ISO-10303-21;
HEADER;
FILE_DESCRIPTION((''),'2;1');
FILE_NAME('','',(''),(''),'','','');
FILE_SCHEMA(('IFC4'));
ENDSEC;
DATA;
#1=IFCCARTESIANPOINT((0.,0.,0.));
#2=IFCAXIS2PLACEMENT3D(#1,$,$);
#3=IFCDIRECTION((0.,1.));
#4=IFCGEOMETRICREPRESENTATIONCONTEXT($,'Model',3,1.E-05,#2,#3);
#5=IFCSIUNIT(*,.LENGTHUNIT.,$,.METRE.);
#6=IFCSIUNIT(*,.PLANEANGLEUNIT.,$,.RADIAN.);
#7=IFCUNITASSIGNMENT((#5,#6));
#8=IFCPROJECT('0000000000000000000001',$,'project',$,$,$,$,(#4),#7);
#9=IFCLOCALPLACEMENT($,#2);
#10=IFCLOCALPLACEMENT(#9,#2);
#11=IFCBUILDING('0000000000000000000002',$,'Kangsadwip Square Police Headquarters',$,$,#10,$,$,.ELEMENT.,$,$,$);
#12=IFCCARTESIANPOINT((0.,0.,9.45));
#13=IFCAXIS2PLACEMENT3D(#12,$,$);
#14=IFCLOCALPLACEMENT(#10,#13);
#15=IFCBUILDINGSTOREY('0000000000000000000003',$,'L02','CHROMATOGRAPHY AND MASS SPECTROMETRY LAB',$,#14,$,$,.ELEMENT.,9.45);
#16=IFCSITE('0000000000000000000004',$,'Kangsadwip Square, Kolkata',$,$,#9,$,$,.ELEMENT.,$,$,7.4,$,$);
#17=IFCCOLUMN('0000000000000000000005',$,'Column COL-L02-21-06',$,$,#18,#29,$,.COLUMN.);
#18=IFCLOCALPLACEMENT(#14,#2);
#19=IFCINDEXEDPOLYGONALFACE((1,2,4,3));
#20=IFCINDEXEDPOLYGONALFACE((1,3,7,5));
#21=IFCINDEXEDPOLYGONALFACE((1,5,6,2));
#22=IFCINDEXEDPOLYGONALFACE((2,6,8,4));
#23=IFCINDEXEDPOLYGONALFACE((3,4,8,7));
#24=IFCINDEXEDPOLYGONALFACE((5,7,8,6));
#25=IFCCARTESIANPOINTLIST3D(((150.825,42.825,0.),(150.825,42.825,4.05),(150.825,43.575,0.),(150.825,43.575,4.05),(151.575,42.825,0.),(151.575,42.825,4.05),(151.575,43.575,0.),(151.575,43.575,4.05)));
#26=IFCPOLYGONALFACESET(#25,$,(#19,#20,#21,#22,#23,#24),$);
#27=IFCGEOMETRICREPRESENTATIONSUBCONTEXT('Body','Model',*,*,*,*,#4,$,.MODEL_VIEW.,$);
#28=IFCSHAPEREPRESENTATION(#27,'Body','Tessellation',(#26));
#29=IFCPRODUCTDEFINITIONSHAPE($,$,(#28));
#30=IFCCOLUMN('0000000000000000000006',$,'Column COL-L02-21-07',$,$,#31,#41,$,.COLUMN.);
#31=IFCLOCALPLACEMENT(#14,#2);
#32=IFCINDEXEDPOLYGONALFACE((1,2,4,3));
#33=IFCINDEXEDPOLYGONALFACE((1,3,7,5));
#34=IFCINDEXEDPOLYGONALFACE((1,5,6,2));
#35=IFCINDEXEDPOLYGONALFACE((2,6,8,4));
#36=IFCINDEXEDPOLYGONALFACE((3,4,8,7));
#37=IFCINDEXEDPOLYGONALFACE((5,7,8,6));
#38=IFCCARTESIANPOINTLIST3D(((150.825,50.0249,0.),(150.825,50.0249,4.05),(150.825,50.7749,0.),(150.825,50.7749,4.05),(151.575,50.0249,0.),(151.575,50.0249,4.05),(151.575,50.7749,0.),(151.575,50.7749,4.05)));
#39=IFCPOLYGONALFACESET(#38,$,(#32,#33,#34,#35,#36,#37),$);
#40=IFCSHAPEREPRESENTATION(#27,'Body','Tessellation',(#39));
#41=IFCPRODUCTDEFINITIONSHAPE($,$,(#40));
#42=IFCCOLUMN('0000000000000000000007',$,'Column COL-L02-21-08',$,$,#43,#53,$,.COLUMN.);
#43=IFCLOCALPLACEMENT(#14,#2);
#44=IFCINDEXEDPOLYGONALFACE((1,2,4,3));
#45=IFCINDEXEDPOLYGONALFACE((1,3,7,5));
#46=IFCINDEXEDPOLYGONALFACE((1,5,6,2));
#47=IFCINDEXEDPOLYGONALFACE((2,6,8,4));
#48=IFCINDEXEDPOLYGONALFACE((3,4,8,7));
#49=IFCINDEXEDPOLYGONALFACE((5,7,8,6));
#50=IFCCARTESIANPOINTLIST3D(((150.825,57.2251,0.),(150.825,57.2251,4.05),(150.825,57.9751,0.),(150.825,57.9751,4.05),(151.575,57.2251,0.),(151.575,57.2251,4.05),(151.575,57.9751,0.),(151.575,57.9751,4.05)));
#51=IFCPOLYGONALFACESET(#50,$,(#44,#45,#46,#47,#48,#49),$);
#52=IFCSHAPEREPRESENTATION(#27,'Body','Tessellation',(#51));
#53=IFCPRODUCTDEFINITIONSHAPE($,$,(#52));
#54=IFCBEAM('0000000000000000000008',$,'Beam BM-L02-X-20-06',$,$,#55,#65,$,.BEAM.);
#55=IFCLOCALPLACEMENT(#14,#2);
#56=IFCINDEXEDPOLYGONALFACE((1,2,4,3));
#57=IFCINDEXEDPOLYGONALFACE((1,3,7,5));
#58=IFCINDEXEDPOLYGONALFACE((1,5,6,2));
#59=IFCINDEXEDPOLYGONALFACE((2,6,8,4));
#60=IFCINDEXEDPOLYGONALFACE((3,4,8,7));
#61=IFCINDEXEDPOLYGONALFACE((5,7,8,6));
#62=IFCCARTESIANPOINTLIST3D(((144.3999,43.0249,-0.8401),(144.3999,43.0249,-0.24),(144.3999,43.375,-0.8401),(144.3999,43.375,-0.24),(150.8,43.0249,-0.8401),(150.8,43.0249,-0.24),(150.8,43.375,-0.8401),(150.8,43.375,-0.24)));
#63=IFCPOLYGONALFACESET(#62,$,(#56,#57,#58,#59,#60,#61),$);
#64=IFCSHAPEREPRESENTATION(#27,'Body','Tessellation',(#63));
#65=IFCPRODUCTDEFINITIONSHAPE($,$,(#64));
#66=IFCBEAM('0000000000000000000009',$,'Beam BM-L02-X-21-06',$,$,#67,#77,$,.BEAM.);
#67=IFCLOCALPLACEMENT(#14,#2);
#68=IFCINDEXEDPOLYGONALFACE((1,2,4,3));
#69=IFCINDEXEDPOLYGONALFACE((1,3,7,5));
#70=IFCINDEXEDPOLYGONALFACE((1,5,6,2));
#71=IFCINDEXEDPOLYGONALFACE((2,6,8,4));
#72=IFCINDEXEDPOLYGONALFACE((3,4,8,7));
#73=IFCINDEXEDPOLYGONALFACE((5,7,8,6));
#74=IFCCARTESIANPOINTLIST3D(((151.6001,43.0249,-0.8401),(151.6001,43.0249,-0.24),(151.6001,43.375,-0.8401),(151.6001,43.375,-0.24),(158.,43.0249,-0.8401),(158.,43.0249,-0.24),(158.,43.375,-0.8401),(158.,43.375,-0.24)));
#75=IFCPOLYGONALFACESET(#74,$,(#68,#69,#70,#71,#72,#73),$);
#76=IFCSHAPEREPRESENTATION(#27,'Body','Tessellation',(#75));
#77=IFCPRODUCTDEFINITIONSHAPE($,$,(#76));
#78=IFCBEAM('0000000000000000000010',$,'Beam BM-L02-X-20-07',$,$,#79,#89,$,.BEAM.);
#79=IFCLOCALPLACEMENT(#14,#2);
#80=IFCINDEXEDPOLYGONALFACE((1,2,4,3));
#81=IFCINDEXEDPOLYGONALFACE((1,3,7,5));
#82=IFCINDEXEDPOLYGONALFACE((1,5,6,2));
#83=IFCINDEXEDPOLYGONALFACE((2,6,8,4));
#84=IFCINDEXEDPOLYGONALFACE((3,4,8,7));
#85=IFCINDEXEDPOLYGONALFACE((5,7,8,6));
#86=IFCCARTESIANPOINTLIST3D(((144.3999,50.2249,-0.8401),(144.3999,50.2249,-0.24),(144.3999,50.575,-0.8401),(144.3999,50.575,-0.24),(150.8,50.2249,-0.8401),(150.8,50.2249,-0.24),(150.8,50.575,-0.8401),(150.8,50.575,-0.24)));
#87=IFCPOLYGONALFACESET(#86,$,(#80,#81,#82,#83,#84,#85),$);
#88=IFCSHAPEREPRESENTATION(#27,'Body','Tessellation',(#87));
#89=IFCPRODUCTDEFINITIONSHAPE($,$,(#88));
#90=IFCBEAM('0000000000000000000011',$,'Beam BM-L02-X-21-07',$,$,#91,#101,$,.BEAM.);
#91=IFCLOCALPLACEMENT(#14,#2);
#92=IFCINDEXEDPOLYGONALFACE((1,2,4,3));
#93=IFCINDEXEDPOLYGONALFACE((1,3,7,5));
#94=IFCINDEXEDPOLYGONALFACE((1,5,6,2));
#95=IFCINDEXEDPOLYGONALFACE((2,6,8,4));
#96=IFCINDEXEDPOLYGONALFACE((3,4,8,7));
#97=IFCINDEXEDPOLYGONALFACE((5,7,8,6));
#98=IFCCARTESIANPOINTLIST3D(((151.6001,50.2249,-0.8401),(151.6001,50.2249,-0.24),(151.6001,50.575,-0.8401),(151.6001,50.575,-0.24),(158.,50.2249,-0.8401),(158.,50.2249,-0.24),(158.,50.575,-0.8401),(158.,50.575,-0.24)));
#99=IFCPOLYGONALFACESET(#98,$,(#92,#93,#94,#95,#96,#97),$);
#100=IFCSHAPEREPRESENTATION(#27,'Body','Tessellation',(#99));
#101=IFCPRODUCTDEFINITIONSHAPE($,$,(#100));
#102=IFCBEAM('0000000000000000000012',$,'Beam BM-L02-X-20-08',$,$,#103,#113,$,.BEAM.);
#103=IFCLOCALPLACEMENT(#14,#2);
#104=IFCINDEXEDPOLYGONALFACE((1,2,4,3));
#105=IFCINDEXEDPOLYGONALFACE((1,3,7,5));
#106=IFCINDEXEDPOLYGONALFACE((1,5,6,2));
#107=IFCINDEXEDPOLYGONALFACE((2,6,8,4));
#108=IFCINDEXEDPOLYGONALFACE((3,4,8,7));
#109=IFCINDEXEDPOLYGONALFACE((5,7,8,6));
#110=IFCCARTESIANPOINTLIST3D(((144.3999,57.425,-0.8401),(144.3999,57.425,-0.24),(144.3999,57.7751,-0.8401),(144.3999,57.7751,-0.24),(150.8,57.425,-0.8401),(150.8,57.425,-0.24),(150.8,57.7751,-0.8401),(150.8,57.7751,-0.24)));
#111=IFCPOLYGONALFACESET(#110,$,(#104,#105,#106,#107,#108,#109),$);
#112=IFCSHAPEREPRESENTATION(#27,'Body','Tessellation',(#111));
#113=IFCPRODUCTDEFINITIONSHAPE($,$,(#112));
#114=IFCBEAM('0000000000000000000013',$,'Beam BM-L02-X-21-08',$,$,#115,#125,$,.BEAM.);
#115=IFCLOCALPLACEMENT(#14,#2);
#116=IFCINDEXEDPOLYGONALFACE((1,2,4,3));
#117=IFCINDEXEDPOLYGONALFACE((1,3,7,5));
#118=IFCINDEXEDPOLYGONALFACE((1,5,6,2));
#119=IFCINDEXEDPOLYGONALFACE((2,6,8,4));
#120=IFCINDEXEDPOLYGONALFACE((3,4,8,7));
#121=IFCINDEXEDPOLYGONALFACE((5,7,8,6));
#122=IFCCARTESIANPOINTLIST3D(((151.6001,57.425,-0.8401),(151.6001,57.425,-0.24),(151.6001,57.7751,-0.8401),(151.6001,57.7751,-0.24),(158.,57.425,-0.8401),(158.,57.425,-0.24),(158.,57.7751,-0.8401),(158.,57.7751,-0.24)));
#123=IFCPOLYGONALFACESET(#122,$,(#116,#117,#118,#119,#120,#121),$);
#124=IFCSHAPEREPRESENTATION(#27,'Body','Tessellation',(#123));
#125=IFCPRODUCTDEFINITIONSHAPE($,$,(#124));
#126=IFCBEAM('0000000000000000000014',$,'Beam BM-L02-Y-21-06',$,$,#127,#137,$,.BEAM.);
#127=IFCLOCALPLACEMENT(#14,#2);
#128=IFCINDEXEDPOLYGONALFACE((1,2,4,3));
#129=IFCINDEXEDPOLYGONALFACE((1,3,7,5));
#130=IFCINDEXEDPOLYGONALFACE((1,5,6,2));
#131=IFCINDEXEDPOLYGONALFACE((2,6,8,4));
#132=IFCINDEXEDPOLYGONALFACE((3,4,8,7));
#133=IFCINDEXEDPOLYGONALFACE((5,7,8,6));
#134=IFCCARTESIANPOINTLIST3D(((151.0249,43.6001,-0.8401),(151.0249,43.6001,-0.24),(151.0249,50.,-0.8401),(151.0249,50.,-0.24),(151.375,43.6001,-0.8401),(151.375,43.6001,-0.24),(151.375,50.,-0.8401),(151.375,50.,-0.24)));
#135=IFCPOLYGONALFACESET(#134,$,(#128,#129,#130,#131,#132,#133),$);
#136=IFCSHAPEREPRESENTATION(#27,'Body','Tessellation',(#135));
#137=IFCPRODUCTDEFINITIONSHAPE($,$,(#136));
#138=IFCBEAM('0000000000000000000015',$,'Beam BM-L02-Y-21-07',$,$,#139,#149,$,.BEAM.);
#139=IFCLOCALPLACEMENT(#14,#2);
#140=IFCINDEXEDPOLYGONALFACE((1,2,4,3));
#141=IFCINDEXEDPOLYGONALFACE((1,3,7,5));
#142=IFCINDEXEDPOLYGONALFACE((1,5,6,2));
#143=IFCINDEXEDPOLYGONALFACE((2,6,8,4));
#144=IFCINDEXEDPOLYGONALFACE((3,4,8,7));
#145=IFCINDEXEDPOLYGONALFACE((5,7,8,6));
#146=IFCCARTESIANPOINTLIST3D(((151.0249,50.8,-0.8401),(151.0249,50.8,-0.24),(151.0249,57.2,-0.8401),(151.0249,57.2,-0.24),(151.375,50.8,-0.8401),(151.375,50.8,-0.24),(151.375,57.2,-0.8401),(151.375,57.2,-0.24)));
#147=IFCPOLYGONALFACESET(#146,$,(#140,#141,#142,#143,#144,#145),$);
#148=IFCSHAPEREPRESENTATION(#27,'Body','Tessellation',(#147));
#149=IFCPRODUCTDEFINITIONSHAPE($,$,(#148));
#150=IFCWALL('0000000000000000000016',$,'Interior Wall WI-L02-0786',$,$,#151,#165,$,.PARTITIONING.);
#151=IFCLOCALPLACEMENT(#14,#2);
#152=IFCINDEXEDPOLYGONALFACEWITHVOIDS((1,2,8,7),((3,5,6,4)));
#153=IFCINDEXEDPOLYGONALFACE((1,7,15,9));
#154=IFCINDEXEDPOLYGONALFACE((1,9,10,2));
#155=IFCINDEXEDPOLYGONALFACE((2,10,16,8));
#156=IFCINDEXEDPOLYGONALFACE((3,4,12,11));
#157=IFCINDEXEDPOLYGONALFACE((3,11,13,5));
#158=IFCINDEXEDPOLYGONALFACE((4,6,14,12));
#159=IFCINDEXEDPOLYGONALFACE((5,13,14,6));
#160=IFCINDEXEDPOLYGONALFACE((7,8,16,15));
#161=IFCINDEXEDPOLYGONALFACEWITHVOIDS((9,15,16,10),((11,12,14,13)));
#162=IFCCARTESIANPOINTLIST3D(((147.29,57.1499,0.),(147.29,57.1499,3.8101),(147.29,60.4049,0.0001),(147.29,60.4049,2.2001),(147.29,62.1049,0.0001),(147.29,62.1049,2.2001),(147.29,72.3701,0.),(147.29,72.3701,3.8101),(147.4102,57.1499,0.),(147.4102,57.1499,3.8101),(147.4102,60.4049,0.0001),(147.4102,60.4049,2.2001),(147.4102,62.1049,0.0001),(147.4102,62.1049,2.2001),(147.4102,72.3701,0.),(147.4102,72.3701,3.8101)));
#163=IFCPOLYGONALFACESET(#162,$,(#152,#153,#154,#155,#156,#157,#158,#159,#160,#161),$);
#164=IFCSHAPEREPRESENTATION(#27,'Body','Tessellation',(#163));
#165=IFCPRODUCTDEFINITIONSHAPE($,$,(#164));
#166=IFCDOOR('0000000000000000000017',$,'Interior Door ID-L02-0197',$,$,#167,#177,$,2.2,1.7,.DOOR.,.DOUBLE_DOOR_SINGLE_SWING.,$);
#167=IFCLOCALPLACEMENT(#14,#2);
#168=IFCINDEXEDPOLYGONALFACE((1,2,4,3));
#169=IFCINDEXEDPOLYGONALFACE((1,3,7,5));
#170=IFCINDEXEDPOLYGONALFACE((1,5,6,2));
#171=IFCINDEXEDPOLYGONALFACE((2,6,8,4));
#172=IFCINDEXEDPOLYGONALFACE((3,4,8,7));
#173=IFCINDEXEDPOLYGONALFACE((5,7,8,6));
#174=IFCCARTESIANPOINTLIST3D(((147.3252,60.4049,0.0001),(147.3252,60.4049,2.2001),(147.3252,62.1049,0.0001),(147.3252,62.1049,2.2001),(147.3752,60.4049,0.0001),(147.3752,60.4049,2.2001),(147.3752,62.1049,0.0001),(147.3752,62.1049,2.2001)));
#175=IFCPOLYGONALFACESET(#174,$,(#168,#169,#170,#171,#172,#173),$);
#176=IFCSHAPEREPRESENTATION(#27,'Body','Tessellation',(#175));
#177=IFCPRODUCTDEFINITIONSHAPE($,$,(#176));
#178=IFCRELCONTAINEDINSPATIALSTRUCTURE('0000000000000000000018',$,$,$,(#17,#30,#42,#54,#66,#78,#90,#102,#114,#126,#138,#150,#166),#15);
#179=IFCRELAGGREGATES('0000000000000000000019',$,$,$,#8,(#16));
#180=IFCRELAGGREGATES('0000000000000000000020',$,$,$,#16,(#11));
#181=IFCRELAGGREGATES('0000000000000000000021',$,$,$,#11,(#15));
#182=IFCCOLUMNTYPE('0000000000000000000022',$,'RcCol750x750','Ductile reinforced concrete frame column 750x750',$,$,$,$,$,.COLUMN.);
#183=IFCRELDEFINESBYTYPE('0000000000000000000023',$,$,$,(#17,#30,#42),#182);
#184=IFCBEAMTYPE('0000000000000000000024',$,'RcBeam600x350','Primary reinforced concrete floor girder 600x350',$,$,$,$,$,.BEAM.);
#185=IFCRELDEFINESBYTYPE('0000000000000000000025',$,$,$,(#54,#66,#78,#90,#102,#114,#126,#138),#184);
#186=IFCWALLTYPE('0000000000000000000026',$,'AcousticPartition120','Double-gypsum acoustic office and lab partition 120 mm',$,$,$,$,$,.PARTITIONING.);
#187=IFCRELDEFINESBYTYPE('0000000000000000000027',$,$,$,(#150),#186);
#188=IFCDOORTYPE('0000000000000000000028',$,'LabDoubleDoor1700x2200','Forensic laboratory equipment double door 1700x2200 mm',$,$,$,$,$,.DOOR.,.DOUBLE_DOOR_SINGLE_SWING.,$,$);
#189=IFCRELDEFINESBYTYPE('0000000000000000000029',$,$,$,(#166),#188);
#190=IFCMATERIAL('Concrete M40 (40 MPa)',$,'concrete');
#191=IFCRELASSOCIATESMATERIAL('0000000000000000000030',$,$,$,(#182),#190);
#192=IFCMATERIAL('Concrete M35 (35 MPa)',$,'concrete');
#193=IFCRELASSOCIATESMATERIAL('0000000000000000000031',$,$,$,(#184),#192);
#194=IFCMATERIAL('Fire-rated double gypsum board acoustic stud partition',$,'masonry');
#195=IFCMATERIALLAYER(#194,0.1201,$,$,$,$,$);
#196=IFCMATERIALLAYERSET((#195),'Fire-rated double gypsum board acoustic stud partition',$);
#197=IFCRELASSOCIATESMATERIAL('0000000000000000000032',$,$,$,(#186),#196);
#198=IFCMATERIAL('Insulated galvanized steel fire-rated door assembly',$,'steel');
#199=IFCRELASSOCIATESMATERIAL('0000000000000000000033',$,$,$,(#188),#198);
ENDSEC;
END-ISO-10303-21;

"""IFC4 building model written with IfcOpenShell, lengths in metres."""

from ifc_helpers import new_model, si_unit, direction, frame, frame_2d, origin, origin_2d, place, context, subcontext, project, spatial, rectangle, extrude, material, layer, layer_set, material_profile, profile_set, type_object, element, fill, save


model = new_model("IFC4")

# Units and contexts
model_context = context("Model", 3, precision=1e-05, world=origin(), true_north=direction((0.0, 1.0)))
body_context = subcontext(model_context, "Body", "Model", "MODEL_VIEW")
ifc_project = project(units=[si_unit("LENGTHUNIT", "METRE"), si_unit("PLANEANGLEUNIT", "RADIAN")], contexts=[model_context])

# Site, building, storey
site_placement = place(None, origin())
site = spatial("IfcSite", under=ifc_project, at=site_placement, Name="Kangsadwip Square, Kolkata", CompositionType="ELEMENT", RefElevation=7.4)
building_placement = place(site_placement, origin())
building = spatial("IfcBuilding", under=site, at=building_placement, Name="Kangsadwip Square Police Headquarters", CompositionType="ELEMENT")
storey_placement = place(building_placement, frame((0.0, 0.0, 9.45)))
storey = spatial("IfcBuildingStorey", under=building, at=storey_placement, Name="L02", Description="CHROMATOGRAPHY AND MASS SPECTROMETRY LAB", CompositionType="ELEMENT", Elevation=9.45)

# Columns
ifc_material_1 = material(Name="Concrete M40 (40 MPa)", Category="concrete")
ifc_material_profile_1 = material_profile(ifc_material_1, rectangle(XDim=0.75, YDim=0.75, at=origin_2d()), Name="RC COL 750X750")
ifc_profile_set_1 = profile_set([ifc_material_profile_1], Name="Concrete M40 (40 MPa)")
column_type = type_object("IfcColumnType", Name="RcCol750x750", Description="Ductile reinforced concrete frame column 750x750", PredefinedType="COLUMN", material=ifc_profile_set_1)
for number, where, z_axis, x_axis, name in (
    (1, (151.2, 43.2, 0.0), (0.0, 0.0, 1.0), (1.0, 0.0, 0.0), "Column COL-L02-21-06"),
    (2, (151.2, 50.3999, 0.0), (0.0, 0.0, 1.0), (1.0, 0.0, 0.0), "Column COL-L02-21-07"),
    (3, (151.2, 57.6001, 0.0), (0.0, 0.0, 1.0), (1.0, 0.0, 0.0), "Column COL-L02-21-08"),
):
    element("IfcColumn", number, at=place(storey_placement, frame(where, z_axis=z_axis, x_axis=x_axis)), inside=storey, type_object=column_type, Name=name, PredefinedType="COLUMN", context=body_context, shape_type="SweptSolid", body=[
        extrude(rectangle(XDim=0.75, YDim=0.75, at=origin_2d()), origin(), (0.0, 0.0, 1.0), 4.05),
    ])

# Beams
ifc_material_2 = material(Name="Concrete M35 (35 MPa)", Category="concrete")
ifc_material_profile_2 = material_profile(ifc_material_2, rectangle(XDim=0.3501, YDim=0.6001, at=origin_2d()), Name="RC BM 600X350")
ifc_profile_set_2 = profile_set([ifc_material_profile_2], Name="Concrete M35 (35 MPa)")
beam_type = type_object("IfcBeamType", Name="RcBeam600x350", Description="Primary reinforced concrete floor girder 600x350", PredefinedType="BEAM", material=ifc_profile_set_2)
beam_1_placement = place(storey_placement, frame((144.3999, 43.2, -0.54), z_axis=(1.0, 0.0, 0.0), x_axis=(0.0, 1.0, 0.0)))
element("IfcBeam", 4, at=beam_1_placement, inside=storey, type_object=beam_type, Name="Beam BM-L02-X-20-06", PredefinedType="BEAM", context=body_context, shape_type="SweptSolid", body=[
    extrude(rectangle(XDim=0.3501, YDim=0.6001, at=origin_2d()), origin(), (0.0, 0.0, 1.0), 6.4001),
])
beam_2_placement = place(storey_placement, frame((151.6001, 43.2, -0.54), z_axis=(1.0, 0.0, 0.0), x_axis=(0.0, 1.0, 0.0)))
element("IfcBeam", 5, at=beam_2_placement, inside=storey, type_object=beam_type, Name="Beam BM-L02-X-21-06", PredefinedType="BEAM", context=body_context, shape_type="SweptSolid", body=[
    extrude(rectangle(XDim=0.3501, YDim=0.6001, at=origin_2d()), origin(), (0.0, 0.0, 1.0), 6.3999),
])
beam_3_placement = place(storey_placement, frame((144.3999, 50.3999, -0.54), z_axis=(1.0, 0.0, 0.0), x_axis=(0.0, 1.0, 0.0)))
element("IfcBeam", 6, at=beam_3_placement, inside=storey, type_object=beam_type, Name="Beam BM-L02-X-20-07", PredefinedType="BEAM", context=body_context, shape_type="SweptSolid", body=[
    extrude(rectangle(XDim=0.3501, YDim=0.6001, at=origin_2d()), origin(), (0.0, 0.0, 1.0), 6.4001),
])
beam_4_placement = place(storey_placement, frame((151.6001, 50.3999, -0.54), z_axis=(1.0, 0.0, 0.0), x_axis=(0.0, 1.0, 0.0)))
element("IfcBeam", 7, at=beam_4_placement, inside=storey, type_object=beam_type, Name="Beam BM-L02-X-21-07", PredefinedType="BEAM", context=body_context, shape_type="SweptSolid", body=[
    extrude(rectangle(XDim=0.3501, YDim=0.6001, at=origin_2d()), origin(), (0.0, 0.0, 1.0), 6.3999),
])
beam_5_placement = place(storey_placement, frame((144.3999, 57.6001, -0.54), z_axis=(1.0, 0.0, 0.0), x_axis=(0.0, 1.0, 0.0)))
element("IfcBeam", 8, at=beam_5_placement, inside=storey, type_object=beam_type, Name="Beam BM-L02-X-20-08", PredefinedType="BEAM", context=body_context, shape_type="SweptSolid", body=[
    extrude(rectangle(XDim=0.3501, YDim=0.6001, at=origin_2d()), origin(), (0.0, 0.0, 1.0), 6.4001),
])
for number, where, z_axis, x_axis, name in (
    (9, (151.6001, 57.6001, -0.54), (1.0, 0.0, 0.0), (0.0, 1.0, 0.0), "Beam BM-L02-X-21-08"),
    (10, (151.2, 43.6001, -0.54), (0.0, 1.0, 0.0), (-1.0, 0.0, 0.0), "Beam BM-L02-Y-21-06"),
    (11, (151.2, 50.8, -0.54), (0.0, 1.0, 0.0), (-1.0, 0.0, 0.0), "Beam BM-L02-Y-21-07"),
):
    element("IfcBeam", number, at=place(storey_placement, frame(where, z_axis=z_axis, x_axis=x_axis)), inside=storey, type_object=beam_type, Name=name, PredefinedType="BEAM", context=body_context, shape_type="SweptSolid", body=[
        extrude(rectangle(XDim=0.3501, YDim=0.6001, at=origin_2d()), origin(), (0.0, 0.0, 1.0), 6.3999),
    ])

# Wall, opening, door
ifc_material_3 = material(Name="Fire-rated double gypsum board acoustic stud partition", Category="masonry")
ifc_layer_1 = layer(ifc_material_3, 0.1201)
ifc_layer_set_1 = layer_set([ifc_layer_1], Name="Fire-rated double gypsum board acoustic stud partition")
wall_type_1 = type_object("IfcWallType", Name="AcousticPartition120", Description="Double-gypsum acoustic office and lab partition 120 mm", PredefinedType="PARTITIONING", material=ifc_layer_set_1)
wall_1_placement = place(storey_placement, frame((147.3501, 57.1499, 0.0), z_axis=(0.0, 0.0, 1.0), x_axis=(0.0, 1.0, 0.0)))
wall_1 = element("IfcWall", 12, at=wall_1_placement, inside=storey, type_object=wall_type_1, Name="Interior Wall WI-L02-0786", PredefinedType="PARTITIONING", context=body_context, shape_type="SweptSolid", body=[
    extrude(rectangle(XDim=15.2202, YDim=0.1201, at=frame_2d((7.6101, 0.0))), origin(), (0.0, 0.0, 1.0), 3.8101),
])
opening_1_placement = place(wall_1_placement, frame((3.2549, 0.0, 0.0)))
opening_1 = element("IfcOpeningElement", 13, at=opening_1_placement, cuts=wall_1, PredefinedType="OPENING", context=body_context, shape_type="SweptSolid", body=[
    extrude(rectangle(XDim=1.7, YDim=2.2, at=frame_2d((0.8501, 1.1001))), frame((0.0, 0.0701, 0.0), z_axis=(0.0, -1.0, 0.0), x_axis=(1.0, 0.0, 0.0)), (0.0, 0.0, 1.0), 0.1401),
])
ifc_material_4 = material(Name="Insulated galvanized steel fire-rated door assembly", Category="steel")
door_type_1 = type_object("IfcDoorType", Name="LabDoubleDoor1700x2200", Description="Forensic laboratory equipment double door 1700x2200 mm", OperationType="DOUBLE_DOOR_SINGLE_SWING", PredefinedType="DOOR", material=ifc_material_4)
door_1_placement = place(opening_1_placement, origin())
door_1 = element("IfcDoor", 14, at=door_1_placement, inside=storey, type_object=door_type_1, Name="Interior Door ID-L02-0197", OperationType="DOUBLE_DOOR_SINGLE_SWING", OverallHeight=2.2, OverallWidth=1.7, PredefinedType="DOOR", context=body_context, shape_type="SweptSolid", body=[
    extrude(rectangle(XDim=1.7, YDim=2.2, at=frame_2d((0.8501, 1.1001))), frame((0.0, 0.0249, 0.0), z_axis=(0.0, -1.0, 0.0), x_axis=(1.0, 0.0, 0.0)), (0.0, 0.0, 1.0), 0.05),
])
fill(opening_1, door_1)

save(model, "model.ifc")
